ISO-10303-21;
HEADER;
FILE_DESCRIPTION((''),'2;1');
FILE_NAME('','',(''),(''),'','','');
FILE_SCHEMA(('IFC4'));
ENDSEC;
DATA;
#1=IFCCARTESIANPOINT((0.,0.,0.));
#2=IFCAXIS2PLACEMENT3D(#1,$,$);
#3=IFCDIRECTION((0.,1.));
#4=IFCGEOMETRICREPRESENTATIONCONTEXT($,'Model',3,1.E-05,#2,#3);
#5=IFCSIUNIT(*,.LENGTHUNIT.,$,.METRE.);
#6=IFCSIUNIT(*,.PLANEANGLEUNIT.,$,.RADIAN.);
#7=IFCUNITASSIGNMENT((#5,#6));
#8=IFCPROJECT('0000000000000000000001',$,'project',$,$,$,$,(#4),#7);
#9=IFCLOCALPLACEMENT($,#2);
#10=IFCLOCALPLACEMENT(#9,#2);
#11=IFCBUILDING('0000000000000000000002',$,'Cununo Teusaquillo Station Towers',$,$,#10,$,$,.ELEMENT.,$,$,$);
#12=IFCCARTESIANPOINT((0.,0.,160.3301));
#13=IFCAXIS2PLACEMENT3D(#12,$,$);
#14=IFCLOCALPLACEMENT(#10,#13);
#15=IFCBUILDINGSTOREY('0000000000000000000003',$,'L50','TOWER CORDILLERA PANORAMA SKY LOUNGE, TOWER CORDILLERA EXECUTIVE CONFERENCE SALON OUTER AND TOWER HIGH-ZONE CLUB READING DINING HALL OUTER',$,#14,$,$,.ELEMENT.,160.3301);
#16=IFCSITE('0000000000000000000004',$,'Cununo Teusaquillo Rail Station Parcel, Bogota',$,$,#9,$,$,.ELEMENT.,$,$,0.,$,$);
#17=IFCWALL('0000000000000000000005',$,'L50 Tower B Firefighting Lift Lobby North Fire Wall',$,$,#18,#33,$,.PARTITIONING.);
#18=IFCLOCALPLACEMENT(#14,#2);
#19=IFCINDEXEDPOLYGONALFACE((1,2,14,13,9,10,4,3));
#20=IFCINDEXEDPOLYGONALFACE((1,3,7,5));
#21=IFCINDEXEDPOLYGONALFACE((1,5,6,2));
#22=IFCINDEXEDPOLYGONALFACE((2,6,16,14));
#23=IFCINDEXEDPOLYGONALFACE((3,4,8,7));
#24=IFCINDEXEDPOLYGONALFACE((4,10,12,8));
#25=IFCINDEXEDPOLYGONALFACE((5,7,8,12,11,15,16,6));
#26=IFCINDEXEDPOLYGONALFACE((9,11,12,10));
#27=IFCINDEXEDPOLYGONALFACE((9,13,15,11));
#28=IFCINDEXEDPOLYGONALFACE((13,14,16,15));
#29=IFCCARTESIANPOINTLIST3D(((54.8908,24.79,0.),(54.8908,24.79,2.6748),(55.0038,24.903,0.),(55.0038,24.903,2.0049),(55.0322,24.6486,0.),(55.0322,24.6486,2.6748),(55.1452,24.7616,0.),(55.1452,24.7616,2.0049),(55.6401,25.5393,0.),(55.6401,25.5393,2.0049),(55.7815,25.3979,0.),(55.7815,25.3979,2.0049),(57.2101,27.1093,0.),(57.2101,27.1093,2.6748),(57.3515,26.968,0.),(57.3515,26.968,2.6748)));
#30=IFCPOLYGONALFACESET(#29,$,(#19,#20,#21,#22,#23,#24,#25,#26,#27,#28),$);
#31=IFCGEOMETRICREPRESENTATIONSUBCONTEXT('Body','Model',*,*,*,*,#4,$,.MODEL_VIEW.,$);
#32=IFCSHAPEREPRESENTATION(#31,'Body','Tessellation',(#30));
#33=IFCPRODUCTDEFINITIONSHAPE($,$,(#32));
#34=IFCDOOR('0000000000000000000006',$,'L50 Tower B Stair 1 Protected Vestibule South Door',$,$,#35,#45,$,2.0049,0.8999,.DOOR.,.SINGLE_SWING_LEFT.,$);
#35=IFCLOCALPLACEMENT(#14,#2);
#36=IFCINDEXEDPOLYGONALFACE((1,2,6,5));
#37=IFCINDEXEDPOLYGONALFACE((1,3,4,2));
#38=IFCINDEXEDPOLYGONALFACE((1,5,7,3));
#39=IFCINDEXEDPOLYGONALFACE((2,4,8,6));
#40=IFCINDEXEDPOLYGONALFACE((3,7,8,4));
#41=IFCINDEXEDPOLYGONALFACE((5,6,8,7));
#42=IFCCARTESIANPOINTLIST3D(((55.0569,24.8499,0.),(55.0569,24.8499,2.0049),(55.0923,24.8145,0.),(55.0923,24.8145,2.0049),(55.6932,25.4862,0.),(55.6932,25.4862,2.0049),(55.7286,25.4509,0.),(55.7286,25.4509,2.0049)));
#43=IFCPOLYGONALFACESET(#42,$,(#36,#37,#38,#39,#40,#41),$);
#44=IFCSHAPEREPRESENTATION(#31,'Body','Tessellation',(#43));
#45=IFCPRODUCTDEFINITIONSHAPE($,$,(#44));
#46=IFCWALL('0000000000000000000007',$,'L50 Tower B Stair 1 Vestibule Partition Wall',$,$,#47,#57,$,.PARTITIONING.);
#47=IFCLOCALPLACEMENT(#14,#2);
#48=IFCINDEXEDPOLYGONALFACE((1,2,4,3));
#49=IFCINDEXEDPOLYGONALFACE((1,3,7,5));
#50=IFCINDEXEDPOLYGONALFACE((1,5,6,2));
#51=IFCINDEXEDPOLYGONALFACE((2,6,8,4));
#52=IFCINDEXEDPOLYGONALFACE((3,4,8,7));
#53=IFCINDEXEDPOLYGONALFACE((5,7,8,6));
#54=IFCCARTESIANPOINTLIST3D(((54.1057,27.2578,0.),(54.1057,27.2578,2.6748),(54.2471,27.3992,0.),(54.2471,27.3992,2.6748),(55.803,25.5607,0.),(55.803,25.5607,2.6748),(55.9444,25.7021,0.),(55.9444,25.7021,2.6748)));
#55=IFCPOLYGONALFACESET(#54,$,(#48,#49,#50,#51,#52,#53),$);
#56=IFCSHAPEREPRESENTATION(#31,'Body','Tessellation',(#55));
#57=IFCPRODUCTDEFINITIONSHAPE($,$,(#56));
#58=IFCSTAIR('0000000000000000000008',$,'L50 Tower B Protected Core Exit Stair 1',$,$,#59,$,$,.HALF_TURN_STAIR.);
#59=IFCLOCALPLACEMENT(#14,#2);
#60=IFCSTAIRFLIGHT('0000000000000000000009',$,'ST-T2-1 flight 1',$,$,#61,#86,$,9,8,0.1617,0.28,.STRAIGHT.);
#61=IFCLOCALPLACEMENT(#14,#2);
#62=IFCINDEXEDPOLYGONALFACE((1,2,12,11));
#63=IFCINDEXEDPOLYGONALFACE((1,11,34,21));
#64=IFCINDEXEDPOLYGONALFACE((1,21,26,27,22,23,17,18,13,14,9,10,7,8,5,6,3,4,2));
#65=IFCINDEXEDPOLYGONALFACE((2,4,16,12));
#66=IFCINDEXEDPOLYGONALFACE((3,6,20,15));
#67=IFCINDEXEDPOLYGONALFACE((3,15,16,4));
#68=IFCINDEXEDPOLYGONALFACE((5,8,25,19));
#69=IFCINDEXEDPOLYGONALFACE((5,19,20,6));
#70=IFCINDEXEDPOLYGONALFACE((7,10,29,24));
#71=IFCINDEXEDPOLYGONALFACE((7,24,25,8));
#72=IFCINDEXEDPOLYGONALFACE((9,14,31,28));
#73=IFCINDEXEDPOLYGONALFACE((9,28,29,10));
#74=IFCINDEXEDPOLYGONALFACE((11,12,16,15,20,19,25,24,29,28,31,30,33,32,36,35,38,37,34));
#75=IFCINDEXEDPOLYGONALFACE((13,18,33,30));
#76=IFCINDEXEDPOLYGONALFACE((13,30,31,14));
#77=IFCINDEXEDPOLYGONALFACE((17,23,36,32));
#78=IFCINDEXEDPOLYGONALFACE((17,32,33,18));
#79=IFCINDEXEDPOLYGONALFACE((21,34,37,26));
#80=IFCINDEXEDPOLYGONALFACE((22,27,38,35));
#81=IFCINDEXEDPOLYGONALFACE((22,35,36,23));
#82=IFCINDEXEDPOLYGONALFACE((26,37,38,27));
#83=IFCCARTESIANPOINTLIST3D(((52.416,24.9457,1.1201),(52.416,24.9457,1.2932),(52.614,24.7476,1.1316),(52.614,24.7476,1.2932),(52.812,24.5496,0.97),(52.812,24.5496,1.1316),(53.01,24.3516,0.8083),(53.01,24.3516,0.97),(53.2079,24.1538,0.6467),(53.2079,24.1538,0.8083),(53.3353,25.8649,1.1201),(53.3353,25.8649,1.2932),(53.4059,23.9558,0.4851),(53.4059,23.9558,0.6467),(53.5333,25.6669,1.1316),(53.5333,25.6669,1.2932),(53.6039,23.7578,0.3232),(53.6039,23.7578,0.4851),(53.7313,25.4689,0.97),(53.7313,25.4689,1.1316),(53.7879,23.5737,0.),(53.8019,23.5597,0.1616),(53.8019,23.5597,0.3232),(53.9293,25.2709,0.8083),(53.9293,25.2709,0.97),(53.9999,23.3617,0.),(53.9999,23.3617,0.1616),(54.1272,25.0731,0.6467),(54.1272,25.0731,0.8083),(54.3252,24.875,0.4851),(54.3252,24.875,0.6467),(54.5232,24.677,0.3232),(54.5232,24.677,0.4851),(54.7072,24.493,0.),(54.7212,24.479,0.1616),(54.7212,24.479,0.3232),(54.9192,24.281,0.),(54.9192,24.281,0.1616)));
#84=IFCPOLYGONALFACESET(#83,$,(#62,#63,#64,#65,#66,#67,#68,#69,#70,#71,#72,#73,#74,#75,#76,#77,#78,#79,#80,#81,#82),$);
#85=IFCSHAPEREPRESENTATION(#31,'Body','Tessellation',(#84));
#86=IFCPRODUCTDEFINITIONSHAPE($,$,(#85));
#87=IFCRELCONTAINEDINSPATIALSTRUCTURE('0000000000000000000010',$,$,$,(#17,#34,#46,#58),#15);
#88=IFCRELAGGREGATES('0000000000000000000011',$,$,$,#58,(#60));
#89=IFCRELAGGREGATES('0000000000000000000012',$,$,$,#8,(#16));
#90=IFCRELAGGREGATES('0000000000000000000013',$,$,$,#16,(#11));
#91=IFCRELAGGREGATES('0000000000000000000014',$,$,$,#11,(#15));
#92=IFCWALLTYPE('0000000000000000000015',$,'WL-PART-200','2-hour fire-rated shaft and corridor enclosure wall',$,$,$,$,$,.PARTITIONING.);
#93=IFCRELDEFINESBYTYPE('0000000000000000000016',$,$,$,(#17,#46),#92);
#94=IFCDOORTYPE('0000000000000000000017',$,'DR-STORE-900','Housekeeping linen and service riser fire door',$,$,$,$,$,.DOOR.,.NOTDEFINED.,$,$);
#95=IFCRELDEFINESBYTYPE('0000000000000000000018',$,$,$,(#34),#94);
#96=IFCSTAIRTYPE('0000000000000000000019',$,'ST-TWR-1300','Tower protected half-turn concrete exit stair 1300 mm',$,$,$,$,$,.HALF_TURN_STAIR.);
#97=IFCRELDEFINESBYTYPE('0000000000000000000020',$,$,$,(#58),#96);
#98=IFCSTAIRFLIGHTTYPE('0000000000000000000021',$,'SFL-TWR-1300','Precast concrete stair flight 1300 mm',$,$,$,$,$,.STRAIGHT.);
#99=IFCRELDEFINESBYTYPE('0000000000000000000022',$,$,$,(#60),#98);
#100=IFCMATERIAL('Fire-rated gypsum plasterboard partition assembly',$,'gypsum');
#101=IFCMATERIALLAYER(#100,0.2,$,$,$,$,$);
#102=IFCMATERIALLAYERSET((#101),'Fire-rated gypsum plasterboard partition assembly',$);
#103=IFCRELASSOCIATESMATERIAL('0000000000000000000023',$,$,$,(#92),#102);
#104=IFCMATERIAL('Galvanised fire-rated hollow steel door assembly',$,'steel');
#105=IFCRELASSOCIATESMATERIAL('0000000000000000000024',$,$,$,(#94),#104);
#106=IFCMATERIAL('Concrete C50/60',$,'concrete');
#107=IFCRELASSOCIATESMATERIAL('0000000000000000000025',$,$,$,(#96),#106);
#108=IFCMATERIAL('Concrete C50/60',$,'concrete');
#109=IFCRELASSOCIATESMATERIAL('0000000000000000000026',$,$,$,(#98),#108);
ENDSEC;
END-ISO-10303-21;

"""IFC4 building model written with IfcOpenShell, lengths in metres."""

from ifc_helpers import new_model, si_unit, direction, frame, frame_2d, origin, place, context, subcontext, project, spatial, polyline, rectangle, outline, extrude, source, transform, mapped, material, layer, layer_set, type_object, element, fill, aggregate, save


model = new_model("IFC4")

# Units and contexts
model_context = context("Model", 3, precision=1e-05, world=origin(), true_north=direction((0.0, 1.0)))
body_context = subcontext(model_context, "Body", "Model", "MODEL_VIEW")
ifc_project = project(units=[si_unit("LENGTHUNIT", "METRE"), si_unit("PLANEANGLEUNIT", "RADIAN")], contexts=[model_context])

# Site, building, storey
site_placement = place(None, origin())
site = spatial("IfcSite", under=ifc_project, at=site_placement, Name="Cununo Teusaquillo Rail Station Parcel, Bogota", CompositionType="ELEMENT", RefElevation=0.0)
building_placement = place(site_placement, origin())
building = spatial("IfcBuilding", under=site, at=building_placement, Name="Cununo Teusaquillo Station Towers", CompositionType="ELEMENT")
storey_placement = place(building_placement, frame((0.0, 0.0, 160.3301)))
storey = spatial("IfcBuildingStorey", under=building, at=storey_placement, Name="L50", Description="TOWER CORDILLERA PANORAMA SKY LOUNGE, TOWER CORDILLERA EXECUTIVE CONFERENCE SALON OUTER AND TOWER HIGH-ZONE CLUB READING DINING HALL OUTER", CompositionType="ELEMENT", Elevation=160.3301)

# Wall, opening, door
ifc_material_1 = material(Name="Fire-rated gypsum plasterboard partition assembly", Category="gypsum")
ifc_layer_1 = layer(ifc_material_1, 0.2)
ifc_layer_set_1 = layer_set([ifc_layer_1], Name="Fire-rated gypsum plasterboard partition assembly")
wall_type_1 = type_object("IfcWallType", Name="WL-PART-200", Description="2-hour fire-rated shaft and corridor enclosure wall", PredefinedType="PARTITIONING", material=ifc_layer_set_1)
wall_1_placement = place(storey_placement, frame((54.9614, 24.7192, 0.0), z_axis=(0.0, 0.0, 1.0), x_axis=(0.707107, 0.707107, 0.0)))
wall_1 = element("IfcWall", 1, at=wall_1_placement, inside=storey, type_object=wall_type_1, Name="L50 Tower B Firefighting Lift Lobby North Fire Wall", PredefinedType="PARTITIONING", context=body_context, shape_type="SweptSolid", body=[
    extrude(rectangle(XDim=3.28, YDim=0.2, at=frame_2d((1.6401, 0.0))), origin(), (0.0, 0.0, 1.0), 2.6748),
])
shared_shape_1 = source(origin(), body_context, "Body", "SweptSolid", [
    extrude(rectangle(XDim=0.8999, YDim=2.0049, at=frame_2d((0.45, 1.0024))), frame((0.0, 0.1099, 0.0), z_axis=(0.0, -1.0, 0.0), x_axis=(1.0, 0.0, 0.0)), (0.0, 0.0, 1.0), 0.22),
])
opening_1_placement = place(wall_1_placement, frame((0.1599, 0.0, 0.0)))
opening_1 = element("IfcOpeningElement", 2, at=opening_1_placement, cuts=wall_1, PredefinedType="OPENING", context=body_context, shape_type="MappedRepresentation", body=[
    mapped(shared_shape_1, transform((0.0, 0.0, 0.0), x_axis=(1.0, 0.0, 0.0), y_axis=(0.0, 1.0, 0.0), z_axis=(0.0, 0.0, 1.0), scale=1.0)),
])
ifc_material_2 = material(Name="Galvanised fire-rated hollow steel door assembly", Category="steel")
door_type_1 = type_object("IfcDoorType", Name="DR-STORE-900", Description="Housekeeping linen and service riser fire door", OperationType="NOTDEFINED", PredefinedType="DOOR", material=ifc_material_2)
shared_shape_2 = source(origin(), body_context, "Body", "SweptSolid", [
    extrude(rectangle(XDim=0.8999, YDim=2.0049, at=frame_2d((0.45, 1.0024))), frame((0.0, 0.0249, 0.0), z_axis=(0.0, -1.0, 0.0), x_axis=(1.0, 0.0, 0.0)), (0.0, 0.0, 1.0), 0.05),
])
door_1_placement = place(opening_1_placement, origin())
door_1 = element("IfcDoor", 3, at=door_1_placement, inside=storey, type_object=door_type_1, Name="L50 Tower B Stair 1 Protected Vestibule South Door", OperationType="SINGLE_SWING_LEFT", OverallHeight=2.0049, OverallWidth=0.8999, PredefinedType="DOOR", context=body_context, shape_type="MappedRepresentation", body=[
    mapped(shared_shape_2, transform((0.0, 0.0, 0.0), x_axis=(1.0, 0.0, 0.0), y_axis=(0.0, 1.0, 0.0), z_axis=(0.0, 0.0, 1.0), scale=1.0)),
])
fill(opening_1, door_1)

# Wall
wall_2_placement = place(storey_placement, frame((55.8738, 25.6313, 0.0), z_axis=(0.0, 0.0, 1.0), x_axis=(-0.707158, 0.707056, 0.0)))
element("IfcWall", 4, at=wall_2_placement, inside=storey, type_object=wall_type_1, Name="L50 Tower B Stair 1 Vestibule Partition Wall", PredefinedType="PARTITIONING", context=body_context, shape_type="SweptSolid", body=[
    extrude(rectangle(XDim=2.4001, YDim=0.2, at=frame_2d((1.2002, 0.0))), origin(), (0.0, 0.0, 1.0), 2.6748),
])

# Stair, stair flight
ifc_material_3 = material(Name="Concrete C50/60", Category="concrete")
stair_type = type_object("IfcStairType", Name="ST-TWR-1300", Description="Tower protected half-turn concrete exit stair 1300 mm", PredefinedType="HALF_TURN_STAIR", material=ifc_material_3)
stair_placement = place(storey_placement, origin())
stair = element("IfcStair", 5, at=stair_placement, inside=storey, type_object=stair_type, Name="L50 Tower B Protected Core Exit Stair 1", PredefinedType="HALF_TURN_STAIR")
ifc_material_4 = material(Name="Concrete C50/60", Category="concrete")
stair_flight_type = type_object("IfcStairFlightType", Name="SFL-TWR-1300", Description="Precast concrete stair flight 1300 mm", PredefinedType="STRAIGHT", material=ifc_material_4)
stair_flight_placement = place(storey_placement, frame((54.4595, 23.8213, 0.0), z_axis=(0.0, 0.0, 1.0), x_axis=(-0.707107, 0.707107, 0.0)))
stair_flight = element("IfcStairFlight", 6, at=stair_flight_placement, type_object=stair_flight_type, Name="ST-T2-1 flight 1", NumberOfRisers=9, NumberOfTreads=8, PredefinedType="STRAIGHT", RiserHeight=0.1617, TreadLength=0.28, context=body_context, shape_type="SweptSolid", body=[
    extrude(outline(polyline([(0.0, 0.0), (0.0, 0.1616), (0.28, 0.1616), (0.28, 0.3232), (0.5601, 0.3232), (0.5601, 0.4851), (0.8401, 0.4851), (0.8401, 0.6467), (1.1201, 0.6467), (1.1201, 0.8083), (1.3999, 0.8083), (1.3999, 0.97), (1.6799, 0.97), (1.6799, 1.1316), (1.96, 1.1316), (1.96, 1.2932), (2.24, 1.2932), (2.24, 1.4551), (2.24, 1.1201), (0.2998, 0.0), (0.0, 0.0)])), frame((0.0, 0.6499, 0.0), z_axis=(0.0, -1.0, 0.0), x_axis=(1.0, 0.0, 0.0)), (0.0, 0.0, 1.0), 1.3),
])
aggregate(stair, [stair_flight])

save(model, "model.ifc")
